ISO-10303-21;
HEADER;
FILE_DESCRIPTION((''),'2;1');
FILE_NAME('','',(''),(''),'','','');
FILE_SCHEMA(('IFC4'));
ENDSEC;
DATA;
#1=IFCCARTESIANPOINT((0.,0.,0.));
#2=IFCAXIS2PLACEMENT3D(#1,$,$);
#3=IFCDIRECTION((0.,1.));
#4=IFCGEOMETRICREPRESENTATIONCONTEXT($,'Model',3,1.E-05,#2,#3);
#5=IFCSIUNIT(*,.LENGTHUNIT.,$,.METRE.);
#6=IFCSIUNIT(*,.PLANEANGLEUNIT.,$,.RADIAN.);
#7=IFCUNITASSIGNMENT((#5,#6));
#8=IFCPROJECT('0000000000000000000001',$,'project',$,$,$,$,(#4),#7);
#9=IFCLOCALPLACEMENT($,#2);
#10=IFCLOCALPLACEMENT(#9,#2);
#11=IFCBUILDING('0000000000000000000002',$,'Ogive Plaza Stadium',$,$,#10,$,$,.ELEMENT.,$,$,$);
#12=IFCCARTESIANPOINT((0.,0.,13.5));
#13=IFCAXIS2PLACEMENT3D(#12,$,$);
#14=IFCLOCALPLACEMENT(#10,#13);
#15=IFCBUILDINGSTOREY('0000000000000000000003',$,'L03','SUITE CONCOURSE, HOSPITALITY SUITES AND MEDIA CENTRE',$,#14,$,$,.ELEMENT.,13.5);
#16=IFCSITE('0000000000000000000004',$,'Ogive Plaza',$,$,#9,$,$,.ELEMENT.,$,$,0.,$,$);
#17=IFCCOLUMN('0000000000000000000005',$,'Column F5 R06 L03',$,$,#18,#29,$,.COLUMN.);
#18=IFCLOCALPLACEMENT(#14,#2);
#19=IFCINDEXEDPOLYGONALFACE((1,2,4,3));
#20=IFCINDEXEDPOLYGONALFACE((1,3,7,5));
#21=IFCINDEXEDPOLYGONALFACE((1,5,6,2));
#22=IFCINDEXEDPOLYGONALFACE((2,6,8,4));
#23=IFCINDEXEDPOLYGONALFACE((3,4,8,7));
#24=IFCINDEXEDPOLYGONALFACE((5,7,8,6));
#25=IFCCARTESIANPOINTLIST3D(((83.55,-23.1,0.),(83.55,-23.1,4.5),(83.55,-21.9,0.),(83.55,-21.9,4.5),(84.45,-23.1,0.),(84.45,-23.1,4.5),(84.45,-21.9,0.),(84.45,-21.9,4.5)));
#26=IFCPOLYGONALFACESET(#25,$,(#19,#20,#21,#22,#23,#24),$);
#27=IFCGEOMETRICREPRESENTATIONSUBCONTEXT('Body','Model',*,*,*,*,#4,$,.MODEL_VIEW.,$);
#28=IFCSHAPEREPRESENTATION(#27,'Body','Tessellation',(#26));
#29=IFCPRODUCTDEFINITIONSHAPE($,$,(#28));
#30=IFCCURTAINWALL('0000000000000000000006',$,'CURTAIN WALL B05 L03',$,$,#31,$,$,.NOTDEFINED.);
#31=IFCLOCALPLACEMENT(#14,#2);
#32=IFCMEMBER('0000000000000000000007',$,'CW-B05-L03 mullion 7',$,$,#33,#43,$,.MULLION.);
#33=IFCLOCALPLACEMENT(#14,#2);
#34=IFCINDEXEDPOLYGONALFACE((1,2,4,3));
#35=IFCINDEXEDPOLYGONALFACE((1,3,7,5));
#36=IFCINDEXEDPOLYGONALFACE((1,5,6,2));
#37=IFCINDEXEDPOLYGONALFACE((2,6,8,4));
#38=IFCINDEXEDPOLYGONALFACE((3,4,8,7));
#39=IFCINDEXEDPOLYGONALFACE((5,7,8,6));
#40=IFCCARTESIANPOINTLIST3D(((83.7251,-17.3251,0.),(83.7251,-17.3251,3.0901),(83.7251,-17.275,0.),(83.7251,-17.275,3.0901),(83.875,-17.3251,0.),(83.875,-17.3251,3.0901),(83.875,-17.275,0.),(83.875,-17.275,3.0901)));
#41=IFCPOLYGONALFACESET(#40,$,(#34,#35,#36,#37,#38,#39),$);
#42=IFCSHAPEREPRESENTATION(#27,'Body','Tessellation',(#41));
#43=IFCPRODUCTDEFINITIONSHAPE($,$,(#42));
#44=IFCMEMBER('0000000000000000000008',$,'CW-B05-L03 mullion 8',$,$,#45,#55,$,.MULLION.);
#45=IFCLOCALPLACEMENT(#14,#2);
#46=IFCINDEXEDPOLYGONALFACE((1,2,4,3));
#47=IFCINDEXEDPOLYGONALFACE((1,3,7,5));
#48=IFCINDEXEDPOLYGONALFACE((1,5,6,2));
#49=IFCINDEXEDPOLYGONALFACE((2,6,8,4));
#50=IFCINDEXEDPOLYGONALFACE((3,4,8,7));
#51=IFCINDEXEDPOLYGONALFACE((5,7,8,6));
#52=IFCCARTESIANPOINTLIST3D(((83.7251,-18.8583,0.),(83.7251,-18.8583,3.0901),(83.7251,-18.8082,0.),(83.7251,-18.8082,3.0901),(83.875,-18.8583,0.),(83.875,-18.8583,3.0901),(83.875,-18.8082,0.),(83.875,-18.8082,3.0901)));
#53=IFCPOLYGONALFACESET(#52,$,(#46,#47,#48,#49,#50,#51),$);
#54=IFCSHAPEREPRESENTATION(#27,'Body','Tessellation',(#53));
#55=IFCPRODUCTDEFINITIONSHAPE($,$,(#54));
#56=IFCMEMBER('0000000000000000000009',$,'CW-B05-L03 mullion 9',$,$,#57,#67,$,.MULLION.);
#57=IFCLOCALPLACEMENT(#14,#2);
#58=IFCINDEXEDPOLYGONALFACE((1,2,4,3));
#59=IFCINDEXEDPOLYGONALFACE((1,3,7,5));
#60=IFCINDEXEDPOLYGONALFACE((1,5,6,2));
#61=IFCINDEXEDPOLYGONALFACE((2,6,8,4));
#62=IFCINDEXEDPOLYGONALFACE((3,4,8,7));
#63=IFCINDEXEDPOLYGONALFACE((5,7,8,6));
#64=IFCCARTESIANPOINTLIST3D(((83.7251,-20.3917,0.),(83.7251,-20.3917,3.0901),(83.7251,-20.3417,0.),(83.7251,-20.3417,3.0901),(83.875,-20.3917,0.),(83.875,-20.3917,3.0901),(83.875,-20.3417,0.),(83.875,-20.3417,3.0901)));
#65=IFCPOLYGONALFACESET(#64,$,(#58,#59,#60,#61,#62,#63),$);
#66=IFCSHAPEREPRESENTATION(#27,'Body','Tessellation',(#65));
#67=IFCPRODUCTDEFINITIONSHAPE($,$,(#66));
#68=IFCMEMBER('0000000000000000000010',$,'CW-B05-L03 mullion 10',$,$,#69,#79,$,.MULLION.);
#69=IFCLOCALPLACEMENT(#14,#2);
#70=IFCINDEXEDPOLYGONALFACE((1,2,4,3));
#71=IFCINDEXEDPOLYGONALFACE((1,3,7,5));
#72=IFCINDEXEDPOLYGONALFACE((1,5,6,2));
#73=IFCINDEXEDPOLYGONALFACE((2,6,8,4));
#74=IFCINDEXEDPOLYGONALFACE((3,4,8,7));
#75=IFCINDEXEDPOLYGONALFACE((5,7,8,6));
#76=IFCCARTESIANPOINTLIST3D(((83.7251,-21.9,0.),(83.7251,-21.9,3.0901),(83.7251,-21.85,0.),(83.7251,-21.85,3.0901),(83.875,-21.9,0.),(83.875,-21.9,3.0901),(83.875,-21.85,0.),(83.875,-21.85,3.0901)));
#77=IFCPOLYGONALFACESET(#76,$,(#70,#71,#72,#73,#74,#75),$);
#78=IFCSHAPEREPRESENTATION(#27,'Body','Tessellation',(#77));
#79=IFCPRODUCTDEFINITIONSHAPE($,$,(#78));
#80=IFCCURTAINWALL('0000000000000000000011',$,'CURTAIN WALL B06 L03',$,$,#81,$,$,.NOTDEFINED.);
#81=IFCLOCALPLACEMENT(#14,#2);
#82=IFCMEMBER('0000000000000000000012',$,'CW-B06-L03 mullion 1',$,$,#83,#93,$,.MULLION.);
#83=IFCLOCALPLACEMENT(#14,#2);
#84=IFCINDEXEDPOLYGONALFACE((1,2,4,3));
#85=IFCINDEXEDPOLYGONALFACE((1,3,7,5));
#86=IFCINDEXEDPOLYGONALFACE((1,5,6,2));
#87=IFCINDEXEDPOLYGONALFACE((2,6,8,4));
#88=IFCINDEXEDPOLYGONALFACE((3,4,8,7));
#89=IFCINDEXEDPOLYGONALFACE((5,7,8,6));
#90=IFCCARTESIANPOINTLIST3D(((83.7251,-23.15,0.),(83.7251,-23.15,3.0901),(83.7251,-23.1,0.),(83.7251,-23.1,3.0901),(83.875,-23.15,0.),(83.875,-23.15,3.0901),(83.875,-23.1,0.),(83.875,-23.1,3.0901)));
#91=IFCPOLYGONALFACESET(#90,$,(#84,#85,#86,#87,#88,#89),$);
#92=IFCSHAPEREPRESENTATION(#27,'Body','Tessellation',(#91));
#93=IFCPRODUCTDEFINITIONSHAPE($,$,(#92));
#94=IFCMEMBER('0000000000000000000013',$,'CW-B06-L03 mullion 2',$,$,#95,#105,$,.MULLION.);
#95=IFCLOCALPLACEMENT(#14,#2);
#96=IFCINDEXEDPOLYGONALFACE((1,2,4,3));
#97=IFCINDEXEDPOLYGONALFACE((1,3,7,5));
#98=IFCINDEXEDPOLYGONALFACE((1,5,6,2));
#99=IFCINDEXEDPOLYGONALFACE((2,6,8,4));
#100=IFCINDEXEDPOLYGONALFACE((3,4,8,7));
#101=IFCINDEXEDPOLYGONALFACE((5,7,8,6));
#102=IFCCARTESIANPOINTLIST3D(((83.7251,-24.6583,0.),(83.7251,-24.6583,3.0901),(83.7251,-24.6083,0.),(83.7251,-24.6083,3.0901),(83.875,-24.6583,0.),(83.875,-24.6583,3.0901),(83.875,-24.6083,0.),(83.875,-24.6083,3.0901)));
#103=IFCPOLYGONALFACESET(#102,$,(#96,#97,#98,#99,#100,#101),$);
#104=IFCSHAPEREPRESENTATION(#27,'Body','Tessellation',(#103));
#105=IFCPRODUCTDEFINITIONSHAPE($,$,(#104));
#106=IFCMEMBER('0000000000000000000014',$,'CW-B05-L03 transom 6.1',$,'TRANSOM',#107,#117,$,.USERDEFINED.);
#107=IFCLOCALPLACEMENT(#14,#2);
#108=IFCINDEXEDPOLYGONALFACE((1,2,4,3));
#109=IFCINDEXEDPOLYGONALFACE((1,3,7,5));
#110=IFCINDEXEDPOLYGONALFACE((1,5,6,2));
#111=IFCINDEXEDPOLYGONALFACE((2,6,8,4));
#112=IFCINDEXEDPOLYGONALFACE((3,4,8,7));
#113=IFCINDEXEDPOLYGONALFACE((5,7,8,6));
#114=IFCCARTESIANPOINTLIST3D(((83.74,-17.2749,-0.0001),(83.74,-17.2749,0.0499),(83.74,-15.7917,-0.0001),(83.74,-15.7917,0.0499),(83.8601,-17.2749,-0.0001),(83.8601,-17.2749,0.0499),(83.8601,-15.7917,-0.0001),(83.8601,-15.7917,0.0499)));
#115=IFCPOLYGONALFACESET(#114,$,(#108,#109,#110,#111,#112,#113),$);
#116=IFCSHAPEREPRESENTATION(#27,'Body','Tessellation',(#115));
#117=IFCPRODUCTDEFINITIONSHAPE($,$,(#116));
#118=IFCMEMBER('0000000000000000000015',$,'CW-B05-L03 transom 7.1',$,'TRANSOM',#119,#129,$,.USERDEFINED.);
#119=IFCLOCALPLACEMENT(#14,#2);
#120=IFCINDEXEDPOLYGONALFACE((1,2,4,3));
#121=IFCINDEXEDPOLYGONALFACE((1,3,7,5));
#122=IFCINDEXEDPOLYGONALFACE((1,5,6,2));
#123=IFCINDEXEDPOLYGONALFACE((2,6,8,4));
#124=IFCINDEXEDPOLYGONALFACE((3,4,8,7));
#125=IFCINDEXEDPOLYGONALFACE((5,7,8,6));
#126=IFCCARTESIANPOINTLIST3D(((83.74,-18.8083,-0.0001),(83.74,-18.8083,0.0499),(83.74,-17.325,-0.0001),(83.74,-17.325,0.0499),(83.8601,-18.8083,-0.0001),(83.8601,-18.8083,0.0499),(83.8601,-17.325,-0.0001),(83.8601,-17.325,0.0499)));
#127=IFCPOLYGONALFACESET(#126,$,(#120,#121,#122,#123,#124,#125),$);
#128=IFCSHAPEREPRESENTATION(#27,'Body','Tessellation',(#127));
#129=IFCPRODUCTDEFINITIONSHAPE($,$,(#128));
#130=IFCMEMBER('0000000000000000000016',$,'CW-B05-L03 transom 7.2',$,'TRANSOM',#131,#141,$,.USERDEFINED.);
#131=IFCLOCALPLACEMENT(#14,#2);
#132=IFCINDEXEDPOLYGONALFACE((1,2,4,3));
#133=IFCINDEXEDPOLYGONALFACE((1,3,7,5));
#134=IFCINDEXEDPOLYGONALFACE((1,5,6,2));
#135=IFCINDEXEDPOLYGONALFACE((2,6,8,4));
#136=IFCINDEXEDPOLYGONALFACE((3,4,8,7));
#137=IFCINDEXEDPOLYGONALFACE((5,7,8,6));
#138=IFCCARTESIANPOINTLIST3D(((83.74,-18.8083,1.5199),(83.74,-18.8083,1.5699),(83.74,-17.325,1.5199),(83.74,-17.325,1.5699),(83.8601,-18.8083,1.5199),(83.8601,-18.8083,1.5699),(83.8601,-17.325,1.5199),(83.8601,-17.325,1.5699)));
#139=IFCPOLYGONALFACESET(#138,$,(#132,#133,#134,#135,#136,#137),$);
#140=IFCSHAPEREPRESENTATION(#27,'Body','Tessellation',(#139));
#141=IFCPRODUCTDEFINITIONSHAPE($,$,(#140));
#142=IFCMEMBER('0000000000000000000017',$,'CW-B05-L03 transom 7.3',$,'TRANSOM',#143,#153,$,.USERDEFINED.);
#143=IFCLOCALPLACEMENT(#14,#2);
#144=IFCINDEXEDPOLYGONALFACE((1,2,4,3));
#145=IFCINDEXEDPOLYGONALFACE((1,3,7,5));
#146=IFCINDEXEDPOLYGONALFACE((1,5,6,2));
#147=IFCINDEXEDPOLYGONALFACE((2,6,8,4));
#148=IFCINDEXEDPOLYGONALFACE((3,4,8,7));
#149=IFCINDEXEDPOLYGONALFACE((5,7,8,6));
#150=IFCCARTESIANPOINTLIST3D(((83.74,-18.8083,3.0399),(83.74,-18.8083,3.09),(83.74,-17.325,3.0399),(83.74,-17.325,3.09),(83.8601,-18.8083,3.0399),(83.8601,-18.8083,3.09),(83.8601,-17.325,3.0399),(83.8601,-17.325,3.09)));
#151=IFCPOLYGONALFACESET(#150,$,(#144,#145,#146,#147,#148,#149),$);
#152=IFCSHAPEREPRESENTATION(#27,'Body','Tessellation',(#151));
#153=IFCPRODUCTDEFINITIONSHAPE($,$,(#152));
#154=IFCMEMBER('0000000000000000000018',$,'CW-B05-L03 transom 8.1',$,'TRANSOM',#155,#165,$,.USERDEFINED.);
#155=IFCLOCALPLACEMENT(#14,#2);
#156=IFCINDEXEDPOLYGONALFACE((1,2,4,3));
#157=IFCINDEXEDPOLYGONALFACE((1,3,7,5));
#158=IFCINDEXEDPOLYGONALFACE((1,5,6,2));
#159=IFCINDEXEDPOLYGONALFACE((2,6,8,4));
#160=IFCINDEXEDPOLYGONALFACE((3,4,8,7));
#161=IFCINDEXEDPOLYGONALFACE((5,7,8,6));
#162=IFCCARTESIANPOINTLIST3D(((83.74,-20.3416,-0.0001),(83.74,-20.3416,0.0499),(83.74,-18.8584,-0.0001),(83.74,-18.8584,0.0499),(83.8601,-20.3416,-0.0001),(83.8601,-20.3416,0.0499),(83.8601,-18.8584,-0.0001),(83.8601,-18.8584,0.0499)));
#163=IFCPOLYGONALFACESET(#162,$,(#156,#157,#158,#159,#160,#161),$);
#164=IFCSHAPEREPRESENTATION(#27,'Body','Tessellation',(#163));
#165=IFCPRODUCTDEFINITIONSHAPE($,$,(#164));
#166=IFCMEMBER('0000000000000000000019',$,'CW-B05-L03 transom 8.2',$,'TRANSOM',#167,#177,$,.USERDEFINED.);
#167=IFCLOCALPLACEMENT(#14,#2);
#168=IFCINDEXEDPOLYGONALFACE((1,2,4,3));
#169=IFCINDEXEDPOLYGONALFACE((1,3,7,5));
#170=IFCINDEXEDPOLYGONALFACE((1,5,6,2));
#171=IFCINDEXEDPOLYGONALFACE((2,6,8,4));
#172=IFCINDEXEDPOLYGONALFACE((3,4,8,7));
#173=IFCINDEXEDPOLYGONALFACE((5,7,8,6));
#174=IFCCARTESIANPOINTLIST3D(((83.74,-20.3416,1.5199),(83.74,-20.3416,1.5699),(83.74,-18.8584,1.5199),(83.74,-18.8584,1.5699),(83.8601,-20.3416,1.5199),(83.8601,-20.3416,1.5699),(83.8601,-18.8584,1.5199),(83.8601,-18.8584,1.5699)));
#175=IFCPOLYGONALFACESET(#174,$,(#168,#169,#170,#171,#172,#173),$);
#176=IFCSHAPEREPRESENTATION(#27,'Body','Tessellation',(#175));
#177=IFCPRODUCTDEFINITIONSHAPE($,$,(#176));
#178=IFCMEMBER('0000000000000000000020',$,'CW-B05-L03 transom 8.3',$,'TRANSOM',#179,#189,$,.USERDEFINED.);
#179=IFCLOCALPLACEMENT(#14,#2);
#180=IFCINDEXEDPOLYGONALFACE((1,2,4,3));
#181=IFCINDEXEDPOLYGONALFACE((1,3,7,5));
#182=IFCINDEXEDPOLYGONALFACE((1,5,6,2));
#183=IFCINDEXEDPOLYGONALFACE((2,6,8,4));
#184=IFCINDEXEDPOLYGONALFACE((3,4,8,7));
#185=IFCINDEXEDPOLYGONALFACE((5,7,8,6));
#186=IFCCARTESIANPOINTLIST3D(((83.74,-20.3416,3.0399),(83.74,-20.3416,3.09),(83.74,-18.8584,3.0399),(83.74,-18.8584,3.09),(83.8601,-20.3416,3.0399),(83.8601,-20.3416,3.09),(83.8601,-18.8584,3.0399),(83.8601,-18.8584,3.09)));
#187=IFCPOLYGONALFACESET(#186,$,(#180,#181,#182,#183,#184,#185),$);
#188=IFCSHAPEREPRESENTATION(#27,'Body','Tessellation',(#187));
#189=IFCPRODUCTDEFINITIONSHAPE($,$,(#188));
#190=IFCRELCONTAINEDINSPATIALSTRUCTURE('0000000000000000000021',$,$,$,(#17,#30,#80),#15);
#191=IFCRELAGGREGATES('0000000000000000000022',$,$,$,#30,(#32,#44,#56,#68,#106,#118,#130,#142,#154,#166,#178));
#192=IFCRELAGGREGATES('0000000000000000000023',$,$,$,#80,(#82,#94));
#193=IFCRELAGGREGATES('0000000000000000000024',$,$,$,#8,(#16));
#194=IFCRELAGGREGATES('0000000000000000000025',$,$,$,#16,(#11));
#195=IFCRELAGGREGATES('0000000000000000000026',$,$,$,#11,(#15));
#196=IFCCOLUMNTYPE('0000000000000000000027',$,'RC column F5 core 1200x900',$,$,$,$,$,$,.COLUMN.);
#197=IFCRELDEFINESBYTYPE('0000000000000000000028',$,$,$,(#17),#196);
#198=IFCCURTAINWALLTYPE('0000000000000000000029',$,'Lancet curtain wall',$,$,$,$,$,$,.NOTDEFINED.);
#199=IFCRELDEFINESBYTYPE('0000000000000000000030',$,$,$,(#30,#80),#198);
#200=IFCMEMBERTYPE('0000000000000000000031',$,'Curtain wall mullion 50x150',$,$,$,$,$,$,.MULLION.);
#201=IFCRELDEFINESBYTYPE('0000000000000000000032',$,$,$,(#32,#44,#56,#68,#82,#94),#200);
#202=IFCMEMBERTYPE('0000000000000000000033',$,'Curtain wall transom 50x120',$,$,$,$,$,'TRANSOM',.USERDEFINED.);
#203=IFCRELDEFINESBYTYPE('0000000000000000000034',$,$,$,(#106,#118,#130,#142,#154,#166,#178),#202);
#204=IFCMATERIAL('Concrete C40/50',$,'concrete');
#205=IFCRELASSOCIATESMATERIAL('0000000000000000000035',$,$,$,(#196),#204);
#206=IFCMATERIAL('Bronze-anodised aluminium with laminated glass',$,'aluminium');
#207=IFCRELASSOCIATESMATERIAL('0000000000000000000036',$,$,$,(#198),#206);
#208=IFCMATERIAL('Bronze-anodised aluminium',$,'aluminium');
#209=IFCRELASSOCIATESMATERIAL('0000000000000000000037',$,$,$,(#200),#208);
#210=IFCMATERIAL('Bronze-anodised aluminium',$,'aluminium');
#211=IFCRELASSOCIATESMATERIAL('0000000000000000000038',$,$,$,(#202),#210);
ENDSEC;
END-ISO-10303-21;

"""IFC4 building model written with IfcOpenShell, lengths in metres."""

from ifc_helpers import new_model, si_unit, direction, frame, origin, origin_2d, place, context, subcontext, project, spatial, rectangle, extrude, material, material_profile, profile_set, type_object, element, aggregate, save


model = new_model("IFC4")

# Units and contexts
model_context = context("Model", 3, precision=1e-05, world=origin(), true_north=direction((0.0, 1.0)))
body_context = subcontext(model_context, "Body", "Model", "MODEL_VIEW")
ifc_project = project(units=[si_unit("LENGTHUNIT", "METRE"), si_unit("PLANEANGLEUNIT", "RADIAN")], contexts=[model_context])

# Site, building, storey
site_placement = place(None, origin())
site = spatial("IfcSite", under=ifc_project, at=site_placement, Name="Ogive Plaza", CompositionType="ELEMENT", RefElevation=0.0)
building_placement = place(site_placement, origin())
building = spatial("IfcBuilding", under=site, at=building_placement, Name="Ogive Plaza Stadium", CompositionType="ELEMENT")
storey_placement = place(building_placement, frame((0.0, 0.0, 13.5)))
storey = spatial("IfcBuildingStorey", under=building, at=storey_placement, Name="L03", Description="SUITE CONCOURSE, HOSPITALITY SUITES AND MEDIA CENTRE", CompositionType="ELEMENT", Elevation=13.5)

# Column
ifc_material_1 = material(Name="Concrete C40/50", Category="concrete")
ifc_material_profile_1 = material_profile(ifc_material_1, rectangle(XDim=1.2, YDim=0.8999, at=origin_2d()), Name="RC 1200x900")
ifc_profile_set_1 = profile_set([ifc_material_profile_1], Name="Concrete C40/50")
column_type = type_object("IfcColumnType", Name="RC column F5 core 1200x900", PredefinedType="COLUMN", material=ifc_profile_set_1)
column_placement = place(storey_placement, frame((84.0, -22.5, 0.0), z_axis=(0.0, 0.0, 1.0), x_axis=(0.0, 1.0, 0.0)))
element("IfcColumn", 1, at=column_placement, inside=storey, type_object=column_type, Name="Column F5 R06 L03", PredefinedType="COLUMN", context=body_context, shape_type="SweptSolid", body=[
    extrude(rectangle(XDim=1.2, YDim=0.8999, at=origin_2d()), origin(), (0.0, 0.0, 1.0), 4.5),
])

# Curtain walls, members
ifc_material_2 = material(Name="Bronze-anodised aluminium with laminated glass", Category="aluminium")
curtain_wall_type = type_object("IfcCurtainWallType", Name="Lancet curtain wall", PredefinedType="NOTDEFINED", material=ifc_material_2)
curtain_wall_1_placement = place(storey_placement, origin())
curtain_wall_1 = element("IfcCurtainWall", 2, at=curtain_wall_1_placement, inside=storey, type_object=curtain_wall_type, Name="CURTAIN WALL B05 L03", PredefinedType="NOTDEFINED")
ifc_material_3 = material(Name="Bronze-anodised aluminium", Category="aluminium")
ifc_material_profile_2 = material_profile(ifc_material_3, rectangle(XDim=0.1499, YDim=0.05, at=origin_2d()), Name="AL 150x50")
ifc_profile_set_2 = profile_set([ifc_material_profile_2], Name="Bronze-anodised aluminium")
member_type_1 = type_object("IfcMemberType", Name="Curtain wall mullion 50x150", PredefinedType="MULLION", material=ifc_profile_set_2)
member_1_placement = place(storey_placement, frame((83.8, -17.3, 0.0), z_axis=(0.0, 0.0, 1.0), x_axis=(1.0, 0.0, 0.0)))
member_1 = element("IfcMember", 3, at=member_1_placement, type_object=member_type_1, Name="CW-B05-L03 mullion 7", PredefinedType="MULLION", context=body_context, shape_type="SweptSolid", body=[
    extrude(rectangle(XDim=0.1499, YDim=0.05, at=origin_2d()), origin(), (0.0, 0.0, 1.0), 3.0901),
])
member_2_placement = place(storey_placement, frame((83.8, -18.8333, 0.0), z_axis=(0.0, 0.0, 1.0), x_axis=(1.0, 0.0, 0.0)))
member_2 = element("IfcMember", 4, at=member_2_placement, type_object=member_type_1, Name="CW-B05-L03 mullion 8", PredefinedType="MULLION", context=body_context, shape_type="SweptSolid", body=[
    extrude(rectangle(XDim=0.1499, YDim=0.05, at=origin_2d()), origin(), (0.0, 0.0, 1.0), 3.0901),
])
member_3_placement = place(storey_placement, frame((83.8, -20.3667, 0.0), z_axis=(0.0, 0.0, 1.0), x_axis=(1.0, 0.0, 0.0)))
member_3 = element("IfcMember", 5, at=member_3_placement, type_object=member_type_1, Name="CW-B05-L03 mullion 9", PredefinedType="MULLION", context=body_context, shape_type="SweptSolid", body=[
    extrude(rectangle(XDim=0.1499, YDim=0.05, at=origin_2d()), origin(), (0.0, 0.0, 1.0), 3.0901),
])
member_4_placement = place(storey_placement, frame((83.8, -21.875, 0.0), z_axis=(0.0, 0.0, 1.0), x_axis=(1.0, 0.0, 0.0)))
member_4 = element("IfcMember", 6, at=member_4_placement, type_object=member_type_1, Name="CW-B05-L03 mullion 10", PredefinedType="MULLION", context=body_context, shape_type="SweptSolid", body=[
    extrude(rectangle(XDim=0.1499, YDim=0.05, at=origin_2d()), origin(), (0.0, 0.0, 1.0), 3.0901),
])
curtain_wall_2_placement = place(storey_placement, origin())
curtain_wall_2 = element("IfcCurtainWall", 7, at=curtain_wall_2_placement, inside=storey, type_object=curtain_wall_type, Name="CURTAIN WALL B06 L03", PredefinedType="NOTDEFINED")
member_5_placement = place(storey_placement, frame((83.8, -23.125, 0.0), z_axis=(0.0, 0.0, 1.0), x_axis=(1.0, 0.0, 0.0)))
member_5 = element("IfcMember", 8, at=member_5_placement, type_object=member_type_1, Name="CW-B06-L03 mullion 1", PredefinedType="MULLION", context=body_context, shape_type="SweptSolid", body=[
    extrude(rectangle(XDim=0.1499, YDim=0.05, at=origin_2d()), origin(), (0.0, 0.0, 1.0), 3.0901),
])
member_6_placement = place(storey_placement, frame((83.8, -24.6333, 0.0), z_axis=(0.0, 0.0, 1.0), x_axis=(1.0, 0.0, 0.0)))
member_6 = element("IfcMember", 9, at=member_6_placement, type_object=member_type_1, Name="CW-B06-L03 mullion 2", PredefinedType="MULLION", context=body_context, shape_type="SweptSolid", body=[
    extrude(rectangle(XDim=0.1499, YDim=0.05, at=origin_2d()), origin(), (0.0, 0.0, 1.0), 3.0901),
])

# Members
ifc_material_4 = material(Name="Bronze-anodised aluminium", Category="aluminium")
ifc_material_profile_3 = material_profile(ifc_material_4, rectangle(XDim=0.1201, YDim=0.05, at=origin_2d()), Name="AL 120x50")
ifc_profile_set_3 = profile_set([ifc_material_profile_3], Name="Bronze-anodised aluminium")
member_type_2 = type_object("IfcMemberType", Name="Curtain wall transom 50x120", ElementType="TRANSOM", PredefinedType="USERDEFINED", material=ifc_profile_set_3)
member_7_placement = place(storey_placement, frame((83.8, -15.7917, 0.0249), z_axis=(0.0, -1.0, 0.0), x_axis=(1.0, 0.0, 0.0)))
member_7 = element("IfcMember", 10, at=member_7_placement, type_object=member_type_2, Name="CW-B05-L03 transom 6.1", ObjectType="TRANSOM", PredefinedType="USERDEFINED", context=body_context, shape_type="SweptSolid", body=[
    extrude(rectangle(XDim=0.1201, YDim=0.05, at=origin_2d()), origin(), (0.0, 0.0, 1.0), 1.4832),
])
member_8_placement = place(storey_placement, frame((83.8, -17.325, 0.0249), z_axis=(0.0, -1.0, 0.0), x_axis=(1.0, 0.0, 0.0)))
member_8 = element("IfcMember", 11, at=member_8_placement, type_object=member_type_2, Name="CW-B05-L03 transom 7.1", ObjectType="TRANSOM", PredefinedType="USERDEFINED", context=body_context, shape_type="SweptSolid", body=[
    extrude(rectangle(XDim=0.1201, YDim=0.05, at=origin_2d()), origin(), (0.0, 0.0, 1.0), 1.4834),
])
member_9_placement = place(storey_placement, frame((83.8, -17.325, 1.5449), z_axis=(0.0, -1.0, 0.0), x_axis=(1.0, 0.0, 0.0)))
member_9 = element("IfcMember", 12, at=member_9_placement, type_object=member_type_2, Name="CW-B05-L03 transom 7.2", ObjectType="TRANSOM", PredefinedType="USERDEFINED", context=body_context, shape_type="SweptSolid", body=[
    extrude(rectangle(XDim=0.1201, YDim=0.05, at=origin_2d()), origin(), (0.0, 0.0, 1.0), 1.4834),
])
member_10_placement = place(storey_placement, frame((83.8, -17.325, 3.0649), z_axis=(0.0, -1.0, 0.0), x_axis=(1.0, 0.0, 0.0)))
member_10 = element("IfcMember", 13, at=member_10_placement, type_object=member_type_2, Name="CW-B05-L03 transom 7.3", ObjectType="TRANSOM", PredefinedType="USERDEFINED", context=body_context, shape_type="SweptSolid", body=[
    extrude(rectangle(XDim=0.1201, YDim=0.05, at=origin_2d()), origin(), (0.0, 0.0, 1.0), 1.4834),
])
member_11_placement = place(storey_placement, frame((83.8, -18.8584, 0.0249), z_axis=(0.0, -1.0, 0.0), x_axis=(1.0, 0.0, 0.0)))
member_11 = element("IfcMember", 14, at=member_11_placement, type_object=member_type_2, Name="CW-B05-L03 transom 8.1", ObjectType="TRANSOM", PredefinedType="USERDEFINED", context=body_context, shape_type="SweptSolid", body=[
    extrude(rectangle(XDim=0.1201, YDim=0.05, at=origin_2d()), origin(), (0.0, 0.0, 1.0), 1.4832),
])
member_12_placement = place(storey_placement, frame((83.8, -18.8584, 1.5449), z_axis=(0.0, -1.0, 0.0), x_axis=(1.0, 0.0, 0.0)))
member_12 = element("IfcMember", 15, at=member_12_placement, type_object=member_type_2, Name="CW-B05-L03 transom 8.2", ObjectType="TRANSOM", PredefinedType="USERDEFINED", context=body_context, shape_type="SweptSolid", body=[
    extrude(rectangle(XDim=0.1201, YDim=0.05, at=origin_2d()), origin(), (0.0, 0.0, 1.0), 1.4832),
])
member_13_placement = place(storey_placement, frame((83.8, -18.8584, 3.0649), z_axis=(0.0, -1.0, 0.0), x_axis=(1.0, 0.0, 0.0)))
member_13 = element("IfcMember", 16, at=member_13_placement, type_object=member_type_2, Name="CW-B05-L03 transom 8.3", ObjectType="TRANSOM", PredefinedType="USERDEFINED", context=body_context, shape_type="SweptSolid", body=[
    extrude(rectangle(XDim=0.1201, YDim=0.05, at=origin_2d()), origin(), (0.0, 0.0, 1.0), 1.4832),
])

aggregate(curtain_wall_1, [member_1, member_2, member_3, member_4, member_7, member_8, member_9, member_10, member_11, member_12, member_13])
aggregate(curtain_wall_2, [member_5, member_6])

save(model, "model.ifc")
